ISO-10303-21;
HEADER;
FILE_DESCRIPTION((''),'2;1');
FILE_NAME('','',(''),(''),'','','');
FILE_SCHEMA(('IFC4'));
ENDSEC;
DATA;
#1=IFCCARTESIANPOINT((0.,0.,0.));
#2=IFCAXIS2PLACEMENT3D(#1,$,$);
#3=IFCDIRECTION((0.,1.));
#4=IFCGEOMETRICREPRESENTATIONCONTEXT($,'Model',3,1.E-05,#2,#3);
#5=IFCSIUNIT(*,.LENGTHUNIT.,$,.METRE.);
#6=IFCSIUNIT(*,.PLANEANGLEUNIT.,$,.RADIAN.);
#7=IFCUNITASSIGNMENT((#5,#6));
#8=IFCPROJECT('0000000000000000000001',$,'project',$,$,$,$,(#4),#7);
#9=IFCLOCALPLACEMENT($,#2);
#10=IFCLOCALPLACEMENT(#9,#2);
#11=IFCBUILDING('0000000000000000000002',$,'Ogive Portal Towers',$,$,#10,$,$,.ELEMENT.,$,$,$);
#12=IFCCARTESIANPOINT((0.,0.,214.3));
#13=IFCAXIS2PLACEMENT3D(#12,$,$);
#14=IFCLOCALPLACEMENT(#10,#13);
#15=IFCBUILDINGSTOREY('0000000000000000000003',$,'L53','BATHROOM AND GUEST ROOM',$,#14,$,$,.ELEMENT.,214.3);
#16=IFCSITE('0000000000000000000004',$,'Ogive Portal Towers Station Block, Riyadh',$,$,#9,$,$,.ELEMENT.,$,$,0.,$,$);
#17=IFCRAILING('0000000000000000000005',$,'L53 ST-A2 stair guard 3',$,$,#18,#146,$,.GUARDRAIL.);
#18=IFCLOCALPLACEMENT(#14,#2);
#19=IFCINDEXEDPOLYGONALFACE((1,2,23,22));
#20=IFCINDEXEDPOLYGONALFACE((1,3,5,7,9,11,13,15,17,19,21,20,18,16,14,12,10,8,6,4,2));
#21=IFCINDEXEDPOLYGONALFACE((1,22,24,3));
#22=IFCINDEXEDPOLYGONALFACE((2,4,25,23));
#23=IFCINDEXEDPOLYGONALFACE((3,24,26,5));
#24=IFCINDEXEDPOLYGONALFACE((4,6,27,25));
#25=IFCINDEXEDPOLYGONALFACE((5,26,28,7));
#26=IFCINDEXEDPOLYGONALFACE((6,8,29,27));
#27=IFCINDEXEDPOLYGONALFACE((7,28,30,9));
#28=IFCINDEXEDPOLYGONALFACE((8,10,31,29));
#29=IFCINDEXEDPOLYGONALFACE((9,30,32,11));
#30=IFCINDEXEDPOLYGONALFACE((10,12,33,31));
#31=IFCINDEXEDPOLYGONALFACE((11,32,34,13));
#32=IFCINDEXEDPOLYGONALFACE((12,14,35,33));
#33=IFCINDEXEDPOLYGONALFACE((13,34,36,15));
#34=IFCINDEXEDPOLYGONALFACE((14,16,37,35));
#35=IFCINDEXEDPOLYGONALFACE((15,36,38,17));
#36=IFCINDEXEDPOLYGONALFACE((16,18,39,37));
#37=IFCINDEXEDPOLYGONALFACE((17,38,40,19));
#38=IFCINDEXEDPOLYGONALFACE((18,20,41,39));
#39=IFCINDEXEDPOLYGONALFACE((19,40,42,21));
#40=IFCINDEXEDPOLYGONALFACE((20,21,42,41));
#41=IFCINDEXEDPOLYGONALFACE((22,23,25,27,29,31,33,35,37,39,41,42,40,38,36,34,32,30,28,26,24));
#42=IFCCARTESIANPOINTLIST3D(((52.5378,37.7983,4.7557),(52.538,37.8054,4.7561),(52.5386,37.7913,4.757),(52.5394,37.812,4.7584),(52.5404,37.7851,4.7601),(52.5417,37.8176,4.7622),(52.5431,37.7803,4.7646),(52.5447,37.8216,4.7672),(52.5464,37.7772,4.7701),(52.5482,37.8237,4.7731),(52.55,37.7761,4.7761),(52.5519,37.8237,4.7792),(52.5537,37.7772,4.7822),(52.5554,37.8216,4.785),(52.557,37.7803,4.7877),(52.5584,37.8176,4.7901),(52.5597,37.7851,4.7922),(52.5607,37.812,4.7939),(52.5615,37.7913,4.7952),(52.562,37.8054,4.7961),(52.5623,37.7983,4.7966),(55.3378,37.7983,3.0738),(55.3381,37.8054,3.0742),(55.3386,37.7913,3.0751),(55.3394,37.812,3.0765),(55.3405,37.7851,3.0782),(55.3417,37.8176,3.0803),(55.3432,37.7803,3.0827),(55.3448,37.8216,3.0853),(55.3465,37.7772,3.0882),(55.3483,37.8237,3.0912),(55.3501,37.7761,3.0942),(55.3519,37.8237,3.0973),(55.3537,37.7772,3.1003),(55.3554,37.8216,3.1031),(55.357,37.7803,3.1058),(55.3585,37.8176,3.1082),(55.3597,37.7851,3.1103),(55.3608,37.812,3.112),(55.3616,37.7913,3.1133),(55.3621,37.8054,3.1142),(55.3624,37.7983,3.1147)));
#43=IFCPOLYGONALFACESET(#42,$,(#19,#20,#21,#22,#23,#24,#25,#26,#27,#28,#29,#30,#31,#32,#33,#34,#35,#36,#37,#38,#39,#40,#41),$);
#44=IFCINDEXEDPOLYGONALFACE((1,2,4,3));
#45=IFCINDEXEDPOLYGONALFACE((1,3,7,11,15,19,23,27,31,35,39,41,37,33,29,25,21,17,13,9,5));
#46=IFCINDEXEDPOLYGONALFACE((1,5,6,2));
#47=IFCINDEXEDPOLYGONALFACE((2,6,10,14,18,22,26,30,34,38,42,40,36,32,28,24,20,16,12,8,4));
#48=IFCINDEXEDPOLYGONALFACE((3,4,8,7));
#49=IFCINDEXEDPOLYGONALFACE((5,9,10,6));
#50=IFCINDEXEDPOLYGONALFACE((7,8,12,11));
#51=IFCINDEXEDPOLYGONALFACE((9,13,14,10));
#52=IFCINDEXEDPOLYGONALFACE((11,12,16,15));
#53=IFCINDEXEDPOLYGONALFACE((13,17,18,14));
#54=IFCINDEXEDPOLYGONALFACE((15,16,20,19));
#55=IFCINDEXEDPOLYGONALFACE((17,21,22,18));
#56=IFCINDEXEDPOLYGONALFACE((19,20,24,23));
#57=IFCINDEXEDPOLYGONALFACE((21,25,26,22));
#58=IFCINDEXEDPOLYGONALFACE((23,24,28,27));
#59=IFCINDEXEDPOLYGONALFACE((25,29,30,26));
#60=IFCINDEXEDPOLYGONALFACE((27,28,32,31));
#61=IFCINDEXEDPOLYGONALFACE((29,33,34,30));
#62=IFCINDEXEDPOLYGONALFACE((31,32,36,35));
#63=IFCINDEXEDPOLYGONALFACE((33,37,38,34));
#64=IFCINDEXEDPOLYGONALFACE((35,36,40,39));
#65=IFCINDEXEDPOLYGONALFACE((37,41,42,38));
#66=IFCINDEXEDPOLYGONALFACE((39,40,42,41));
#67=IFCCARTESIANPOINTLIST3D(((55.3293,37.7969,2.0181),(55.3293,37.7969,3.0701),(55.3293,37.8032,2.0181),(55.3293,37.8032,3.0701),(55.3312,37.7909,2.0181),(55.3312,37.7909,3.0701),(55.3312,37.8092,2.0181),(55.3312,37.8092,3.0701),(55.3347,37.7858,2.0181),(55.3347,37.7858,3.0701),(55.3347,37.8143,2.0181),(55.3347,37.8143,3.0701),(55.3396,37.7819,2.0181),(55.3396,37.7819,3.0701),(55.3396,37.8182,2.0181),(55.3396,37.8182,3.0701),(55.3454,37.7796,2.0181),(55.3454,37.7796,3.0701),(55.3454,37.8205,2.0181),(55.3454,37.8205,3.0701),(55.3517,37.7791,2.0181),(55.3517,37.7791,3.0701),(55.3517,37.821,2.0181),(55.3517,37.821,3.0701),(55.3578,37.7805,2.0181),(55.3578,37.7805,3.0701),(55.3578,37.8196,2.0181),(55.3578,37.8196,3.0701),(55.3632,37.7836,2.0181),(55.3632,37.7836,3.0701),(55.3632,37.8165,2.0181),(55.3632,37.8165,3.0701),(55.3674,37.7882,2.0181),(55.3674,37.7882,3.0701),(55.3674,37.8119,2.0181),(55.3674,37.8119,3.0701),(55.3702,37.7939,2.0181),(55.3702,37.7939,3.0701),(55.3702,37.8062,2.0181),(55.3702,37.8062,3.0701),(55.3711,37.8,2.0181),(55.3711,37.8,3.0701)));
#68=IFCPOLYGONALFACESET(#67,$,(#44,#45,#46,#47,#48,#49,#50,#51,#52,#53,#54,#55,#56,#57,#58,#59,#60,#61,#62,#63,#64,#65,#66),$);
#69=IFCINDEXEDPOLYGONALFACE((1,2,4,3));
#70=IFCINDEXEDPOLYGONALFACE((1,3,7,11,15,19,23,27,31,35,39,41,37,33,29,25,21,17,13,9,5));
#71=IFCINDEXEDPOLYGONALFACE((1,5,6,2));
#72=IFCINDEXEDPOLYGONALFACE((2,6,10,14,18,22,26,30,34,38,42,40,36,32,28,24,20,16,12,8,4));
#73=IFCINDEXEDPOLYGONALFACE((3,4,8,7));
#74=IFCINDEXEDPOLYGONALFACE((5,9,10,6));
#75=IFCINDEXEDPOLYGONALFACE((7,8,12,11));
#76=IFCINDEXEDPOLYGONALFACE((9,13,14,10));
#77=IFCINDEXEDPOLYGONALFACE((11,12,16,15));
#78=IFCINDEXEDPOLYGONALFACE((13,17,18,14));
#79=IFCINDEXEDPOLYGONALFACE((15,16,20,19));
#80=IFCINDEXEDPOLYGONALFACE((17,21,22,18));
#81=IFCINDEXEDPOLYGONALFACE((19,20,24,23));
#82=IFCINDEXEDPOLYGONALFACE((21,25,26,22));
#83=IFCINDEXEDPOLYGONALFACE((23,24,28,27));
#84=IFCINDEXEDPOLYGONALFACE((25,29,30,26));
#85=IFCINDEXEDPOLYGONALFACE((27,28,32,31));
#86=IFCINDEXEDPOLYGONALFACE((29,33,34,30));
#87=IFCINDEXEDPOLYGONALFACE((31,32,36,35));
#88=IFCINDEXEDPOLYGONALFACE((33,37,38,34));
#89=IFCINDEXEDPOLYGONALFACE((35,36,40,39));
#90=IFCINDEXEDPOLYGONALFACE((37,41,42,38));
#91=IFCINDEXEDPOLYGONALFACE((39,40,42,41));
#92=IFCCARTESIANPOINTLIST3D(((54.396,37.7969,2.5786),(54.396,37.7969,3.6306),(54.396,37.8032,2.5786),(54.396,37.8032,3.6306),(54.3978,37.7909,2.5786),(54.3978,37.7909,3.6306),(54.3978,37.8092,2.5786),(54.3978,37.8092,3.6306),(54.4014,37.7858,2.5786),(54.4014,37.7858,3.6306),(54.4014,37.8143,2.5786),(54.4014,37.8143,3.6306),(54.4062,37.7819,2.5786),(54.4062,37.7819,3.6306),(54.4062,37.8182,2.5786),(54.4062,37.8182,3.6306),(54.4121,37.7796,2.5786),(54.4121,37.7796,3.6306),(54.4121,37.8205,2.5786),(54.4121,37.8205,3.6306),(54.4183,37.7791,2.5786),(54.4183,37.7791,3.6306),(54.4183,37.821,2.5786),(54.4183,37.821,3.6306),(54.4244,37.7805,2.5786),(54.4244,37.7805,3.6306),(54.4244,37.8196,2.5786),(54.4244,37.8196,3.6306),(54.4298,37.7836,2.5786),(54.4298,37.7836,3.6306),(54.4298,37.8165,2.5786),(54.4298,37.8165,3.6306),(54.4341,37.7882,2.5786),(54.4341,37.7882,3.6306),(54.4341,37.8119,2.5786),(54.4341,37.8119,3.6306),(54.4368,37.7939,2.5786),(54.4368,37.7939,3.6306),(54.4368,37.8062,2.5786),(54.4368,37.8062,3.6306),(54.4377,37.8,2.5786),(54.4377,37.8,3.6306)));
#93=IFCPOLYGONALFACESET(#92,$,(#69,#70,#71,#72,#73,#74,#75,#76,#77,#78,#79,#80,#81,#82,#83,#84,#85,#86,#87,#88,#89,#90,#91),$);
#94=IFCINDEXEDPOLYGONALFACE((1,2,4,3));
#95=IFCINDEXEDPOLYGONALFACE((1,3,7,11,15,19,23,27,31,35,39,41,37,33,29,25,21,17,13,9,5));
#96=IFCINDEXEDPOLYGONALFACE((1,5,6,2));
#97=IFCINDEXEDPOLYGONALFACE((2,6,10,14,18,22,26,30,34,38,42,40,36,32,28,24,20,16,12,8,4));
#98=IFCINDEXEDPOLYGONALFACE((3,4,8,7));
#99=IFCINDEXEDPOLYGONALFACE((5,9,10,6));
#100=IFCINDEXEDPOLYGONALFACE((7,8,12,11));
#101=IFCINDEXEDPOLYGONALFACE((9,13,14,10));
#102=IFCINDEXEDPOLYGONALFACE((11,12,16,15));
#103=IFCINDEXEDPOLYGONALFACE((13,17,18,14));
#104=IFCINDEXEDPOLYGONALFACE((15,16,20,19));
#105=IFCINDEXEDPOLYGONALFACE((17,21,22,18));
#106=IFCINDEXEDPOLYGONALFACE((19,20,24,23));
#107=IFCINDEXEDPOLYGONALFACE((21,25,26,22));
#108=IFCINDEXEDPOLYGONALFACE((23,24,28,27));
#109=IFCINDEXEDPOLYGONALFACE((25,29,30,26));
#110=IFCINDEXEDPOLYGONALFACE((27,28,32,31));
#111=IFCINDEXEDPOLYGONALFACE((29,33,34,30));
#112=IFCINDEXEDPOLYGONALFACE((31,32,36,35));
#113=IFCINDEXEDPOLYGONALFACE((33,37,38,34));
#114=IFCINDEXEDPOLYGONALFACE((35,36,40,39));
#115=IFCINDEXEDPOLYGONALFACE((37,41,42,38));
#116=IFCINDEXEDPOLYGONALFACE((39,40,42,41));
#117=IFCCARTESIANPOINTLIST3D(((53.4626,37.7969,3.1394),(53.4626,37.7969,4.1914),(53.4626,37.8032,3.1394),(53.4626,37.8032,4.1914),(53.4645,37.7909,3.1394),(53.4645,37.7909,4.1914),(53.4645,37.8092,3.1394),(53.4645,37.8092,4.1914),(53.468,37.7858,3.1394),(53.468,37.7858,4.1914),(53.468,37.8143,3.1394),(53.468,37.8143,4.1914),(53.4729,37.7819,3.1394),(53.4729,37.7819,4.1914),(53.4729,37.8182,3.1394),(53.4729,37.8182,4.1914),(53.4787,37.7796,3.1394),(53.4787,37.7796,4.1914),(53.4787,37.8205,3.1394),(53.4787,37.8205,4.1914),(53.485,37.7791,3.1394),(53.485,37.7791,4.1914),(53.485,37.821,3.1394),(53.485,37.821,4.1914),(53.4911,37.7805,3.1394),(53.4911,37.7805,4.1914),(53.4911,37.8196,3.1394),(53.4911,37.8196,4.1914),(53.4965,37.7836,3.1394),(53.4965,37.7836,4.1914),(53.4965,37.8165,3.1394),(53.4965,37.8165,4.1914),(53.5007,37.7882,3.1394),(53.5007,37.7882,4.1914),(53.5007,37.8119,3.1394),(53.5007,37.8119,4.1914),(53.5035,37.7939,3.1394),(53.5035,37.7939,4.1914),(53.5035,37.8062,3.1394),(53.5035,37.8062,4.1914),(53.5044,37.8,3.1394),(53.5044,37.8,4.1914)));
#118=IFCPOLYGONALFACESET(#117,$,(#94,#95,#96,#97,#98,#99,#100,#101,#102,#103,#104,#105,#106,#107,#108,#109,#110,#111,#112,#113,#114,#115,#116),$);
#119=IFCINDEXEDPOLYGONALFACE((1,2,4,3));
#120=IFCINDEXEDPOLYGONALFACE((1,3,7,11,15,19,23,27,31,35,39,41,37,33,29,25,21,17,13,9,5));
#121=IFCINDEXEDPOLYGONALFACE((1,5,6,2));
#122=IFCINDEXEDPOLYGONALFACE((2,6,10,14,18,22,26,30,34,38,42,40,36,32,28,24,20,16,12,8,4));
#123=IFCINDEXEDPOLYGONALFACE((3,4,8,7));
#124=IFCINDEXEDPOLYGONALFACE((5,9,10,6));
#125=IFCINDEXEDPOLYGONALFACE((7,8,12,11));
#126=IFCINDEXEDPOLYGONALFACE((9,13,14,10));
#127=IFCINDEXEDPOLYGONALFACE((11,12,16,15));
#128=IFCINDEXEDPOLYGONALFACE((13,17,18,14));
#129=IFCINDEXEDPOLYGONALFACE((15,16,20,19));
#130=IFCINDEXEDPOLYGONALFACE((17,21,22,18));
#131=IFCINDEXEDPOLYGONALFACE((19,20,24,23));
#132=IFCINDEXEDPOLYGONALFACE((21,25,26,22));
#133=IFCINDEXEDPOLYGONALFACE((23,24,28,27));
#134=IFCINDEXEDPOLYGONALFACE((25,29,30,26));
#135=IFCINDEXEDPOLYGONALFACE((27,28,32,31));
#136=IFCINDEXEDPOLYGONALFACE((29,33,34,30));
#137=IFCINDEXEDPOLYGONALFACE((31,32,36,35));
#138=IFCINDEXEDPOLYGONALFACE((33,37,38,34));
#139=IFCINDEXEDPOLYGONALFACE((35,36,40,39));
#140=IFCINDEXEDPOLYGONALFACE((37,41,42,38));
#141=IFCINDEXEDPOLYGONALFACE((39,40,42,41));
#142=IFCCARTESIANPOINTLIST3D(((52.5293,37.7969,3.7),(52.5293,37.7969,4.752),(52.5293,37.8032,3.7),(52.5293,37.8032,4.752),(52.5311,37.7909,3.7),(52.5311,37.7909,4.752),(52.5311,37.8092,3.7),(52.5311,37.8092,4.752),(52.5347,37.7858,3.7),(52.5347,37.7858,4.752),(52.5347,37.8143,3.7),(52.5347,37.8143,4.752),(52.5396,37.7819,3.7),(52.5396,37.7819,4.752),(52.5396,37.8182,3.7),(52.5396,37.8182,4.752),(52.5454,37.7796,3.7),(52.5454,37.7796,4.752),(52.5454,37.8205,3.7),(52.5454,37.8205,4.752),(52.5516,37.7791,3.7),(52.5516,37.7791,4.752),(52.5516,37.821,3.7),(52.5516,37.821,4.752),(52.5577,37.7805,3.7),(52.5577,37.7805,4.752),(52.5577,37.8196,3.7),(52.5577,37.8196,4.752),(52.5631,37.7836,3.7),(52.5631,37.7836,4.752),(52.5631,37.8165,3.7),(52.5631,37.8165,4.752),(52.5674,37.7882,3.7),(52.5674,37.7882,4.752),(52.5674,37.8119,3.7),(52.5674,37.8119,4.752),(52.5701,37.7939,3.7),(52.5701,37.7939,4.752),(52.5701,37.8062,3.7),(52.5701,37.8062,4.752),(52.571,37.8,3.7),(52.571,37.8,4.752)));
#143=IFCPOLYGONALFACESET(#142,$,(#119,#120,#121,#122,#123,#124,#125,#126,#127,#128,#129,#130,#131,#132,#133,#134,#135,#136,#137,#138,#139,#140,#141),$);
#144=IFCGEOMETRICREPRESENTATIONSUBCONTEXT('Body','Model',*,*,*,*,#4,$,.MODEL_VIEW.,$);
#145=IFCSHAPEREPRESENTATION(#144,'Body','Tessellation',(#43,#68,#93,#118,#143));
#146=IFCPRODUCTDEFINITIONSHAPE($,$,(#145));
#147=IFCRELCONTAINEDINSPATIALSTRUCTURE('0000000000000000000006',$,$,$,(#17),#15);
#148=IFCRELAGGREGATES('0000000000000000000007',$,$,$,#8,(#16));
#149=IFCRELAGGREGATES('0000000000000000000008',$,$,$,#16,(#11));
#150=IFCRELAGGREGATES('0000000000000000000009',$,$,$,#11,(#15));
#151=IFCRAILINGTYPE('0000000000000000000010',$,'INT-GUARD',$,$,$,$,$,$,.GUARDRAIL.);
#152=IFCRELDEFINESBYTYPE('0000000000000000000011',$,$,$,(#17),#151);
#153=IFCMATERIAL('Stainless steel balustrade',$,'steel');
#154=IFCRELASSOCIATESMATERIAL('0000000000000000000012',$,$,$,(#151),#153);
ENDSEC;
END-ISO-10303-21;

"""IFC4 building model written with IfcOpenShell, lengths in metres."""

from ifc_helpers import new_model, si_unit, direction, frame, origin, origin_2d, place, context, subcontext, project, spatial, circle, extrude, material, type_object, element, save


model = new_model("IFC4")

# Units and contexts
model_context = context("Model", 3, precision=1e-05, world=origin(), true_north=direction((0.0, 1.0)))
body_context = subcontext(model_context, "Body", "Model", "MODEL_VIEW")
ifc_project = project(units=[si_unit("LENGTHUNIT", "METRE"), si_unit("PLANEANGLEUNIT", "RADIAN")], contexts=[model_context])

# Site, building, storey
site_placement = place(None, origin())
site = spatial("IfcSite", under=ifc_project, at=site_placement, Name="Ogive Portal Towers Station Block, Riyadh", CompositionType="ELEMENT", RefElevation=0.0)
building_placement = place(site_placement, origin())
building = spatial("IfcBuilding", under=site, at=building_placement, Name="Ogive Portal Towers", CompositionType="ELEMENT")
storey_placement = place(building_placement, frame((0.0, 0.0, 214.3)))
storey = spatial("IfcBuildingStorey", under=building, at=storey_placement, Name="L53", Description="BATHROOM AND GUEST ROOM", CompositionType="ELEMENT", Elevation=214.3)

# Railing
ifc_material_1 = material(Name="Stainless steel balustrade", Category="steel")
railing_type_1 = type_object("IfcRailingType", Name="INT-GUARD", PredefinedType="GUARDRAIL", material=ifc_material_1)
railing_1_placement = place(storey_placement, frame((55.3501, 37.8, 2.0181)))
element("IfcRailing", 1, at=railing_1_placement, inside=storey, type_object=railing_type_1, Name="L53 ST-A2 stair guard 3", PredefinedType="GUARDRAIL", context=body_context, shape_type="SweptSolid", body=[
    extrude(circle(Radius=0.0239, at=origin_2d()), frame((0.0, 0.0, 1.0762), z_axis=(-0.857242, 0.0, 0.514913), x_axis=(0.0, -1.0, 0.0)), (0.0, 0.0, 1.0), 3.2664),
    extrude(circle(Radius=0.021, at=origin_2d()), origin(), (0.0, 0.0, 1.0), 1.052),
    extrude(circle(Radius=0.021, at=origin_2d()), frame((-0.9333, 0.0, 0.5605)), (0.0, 0.0, 1.0), 1.052),
    extrude(circle(Radius=0.021, at=origin_2d()), frame((-1.8667, 0.0, 1.1213)), (0.0, 0.0, 1.0), 1.052),
    extrude(circle(Radius=0.021, at=origin_2d()), frame((-2.8, 0.0, 1.6819)), (0.0, 0.0, 1.0), 1.052),
])

save(model, "model.ifc")
